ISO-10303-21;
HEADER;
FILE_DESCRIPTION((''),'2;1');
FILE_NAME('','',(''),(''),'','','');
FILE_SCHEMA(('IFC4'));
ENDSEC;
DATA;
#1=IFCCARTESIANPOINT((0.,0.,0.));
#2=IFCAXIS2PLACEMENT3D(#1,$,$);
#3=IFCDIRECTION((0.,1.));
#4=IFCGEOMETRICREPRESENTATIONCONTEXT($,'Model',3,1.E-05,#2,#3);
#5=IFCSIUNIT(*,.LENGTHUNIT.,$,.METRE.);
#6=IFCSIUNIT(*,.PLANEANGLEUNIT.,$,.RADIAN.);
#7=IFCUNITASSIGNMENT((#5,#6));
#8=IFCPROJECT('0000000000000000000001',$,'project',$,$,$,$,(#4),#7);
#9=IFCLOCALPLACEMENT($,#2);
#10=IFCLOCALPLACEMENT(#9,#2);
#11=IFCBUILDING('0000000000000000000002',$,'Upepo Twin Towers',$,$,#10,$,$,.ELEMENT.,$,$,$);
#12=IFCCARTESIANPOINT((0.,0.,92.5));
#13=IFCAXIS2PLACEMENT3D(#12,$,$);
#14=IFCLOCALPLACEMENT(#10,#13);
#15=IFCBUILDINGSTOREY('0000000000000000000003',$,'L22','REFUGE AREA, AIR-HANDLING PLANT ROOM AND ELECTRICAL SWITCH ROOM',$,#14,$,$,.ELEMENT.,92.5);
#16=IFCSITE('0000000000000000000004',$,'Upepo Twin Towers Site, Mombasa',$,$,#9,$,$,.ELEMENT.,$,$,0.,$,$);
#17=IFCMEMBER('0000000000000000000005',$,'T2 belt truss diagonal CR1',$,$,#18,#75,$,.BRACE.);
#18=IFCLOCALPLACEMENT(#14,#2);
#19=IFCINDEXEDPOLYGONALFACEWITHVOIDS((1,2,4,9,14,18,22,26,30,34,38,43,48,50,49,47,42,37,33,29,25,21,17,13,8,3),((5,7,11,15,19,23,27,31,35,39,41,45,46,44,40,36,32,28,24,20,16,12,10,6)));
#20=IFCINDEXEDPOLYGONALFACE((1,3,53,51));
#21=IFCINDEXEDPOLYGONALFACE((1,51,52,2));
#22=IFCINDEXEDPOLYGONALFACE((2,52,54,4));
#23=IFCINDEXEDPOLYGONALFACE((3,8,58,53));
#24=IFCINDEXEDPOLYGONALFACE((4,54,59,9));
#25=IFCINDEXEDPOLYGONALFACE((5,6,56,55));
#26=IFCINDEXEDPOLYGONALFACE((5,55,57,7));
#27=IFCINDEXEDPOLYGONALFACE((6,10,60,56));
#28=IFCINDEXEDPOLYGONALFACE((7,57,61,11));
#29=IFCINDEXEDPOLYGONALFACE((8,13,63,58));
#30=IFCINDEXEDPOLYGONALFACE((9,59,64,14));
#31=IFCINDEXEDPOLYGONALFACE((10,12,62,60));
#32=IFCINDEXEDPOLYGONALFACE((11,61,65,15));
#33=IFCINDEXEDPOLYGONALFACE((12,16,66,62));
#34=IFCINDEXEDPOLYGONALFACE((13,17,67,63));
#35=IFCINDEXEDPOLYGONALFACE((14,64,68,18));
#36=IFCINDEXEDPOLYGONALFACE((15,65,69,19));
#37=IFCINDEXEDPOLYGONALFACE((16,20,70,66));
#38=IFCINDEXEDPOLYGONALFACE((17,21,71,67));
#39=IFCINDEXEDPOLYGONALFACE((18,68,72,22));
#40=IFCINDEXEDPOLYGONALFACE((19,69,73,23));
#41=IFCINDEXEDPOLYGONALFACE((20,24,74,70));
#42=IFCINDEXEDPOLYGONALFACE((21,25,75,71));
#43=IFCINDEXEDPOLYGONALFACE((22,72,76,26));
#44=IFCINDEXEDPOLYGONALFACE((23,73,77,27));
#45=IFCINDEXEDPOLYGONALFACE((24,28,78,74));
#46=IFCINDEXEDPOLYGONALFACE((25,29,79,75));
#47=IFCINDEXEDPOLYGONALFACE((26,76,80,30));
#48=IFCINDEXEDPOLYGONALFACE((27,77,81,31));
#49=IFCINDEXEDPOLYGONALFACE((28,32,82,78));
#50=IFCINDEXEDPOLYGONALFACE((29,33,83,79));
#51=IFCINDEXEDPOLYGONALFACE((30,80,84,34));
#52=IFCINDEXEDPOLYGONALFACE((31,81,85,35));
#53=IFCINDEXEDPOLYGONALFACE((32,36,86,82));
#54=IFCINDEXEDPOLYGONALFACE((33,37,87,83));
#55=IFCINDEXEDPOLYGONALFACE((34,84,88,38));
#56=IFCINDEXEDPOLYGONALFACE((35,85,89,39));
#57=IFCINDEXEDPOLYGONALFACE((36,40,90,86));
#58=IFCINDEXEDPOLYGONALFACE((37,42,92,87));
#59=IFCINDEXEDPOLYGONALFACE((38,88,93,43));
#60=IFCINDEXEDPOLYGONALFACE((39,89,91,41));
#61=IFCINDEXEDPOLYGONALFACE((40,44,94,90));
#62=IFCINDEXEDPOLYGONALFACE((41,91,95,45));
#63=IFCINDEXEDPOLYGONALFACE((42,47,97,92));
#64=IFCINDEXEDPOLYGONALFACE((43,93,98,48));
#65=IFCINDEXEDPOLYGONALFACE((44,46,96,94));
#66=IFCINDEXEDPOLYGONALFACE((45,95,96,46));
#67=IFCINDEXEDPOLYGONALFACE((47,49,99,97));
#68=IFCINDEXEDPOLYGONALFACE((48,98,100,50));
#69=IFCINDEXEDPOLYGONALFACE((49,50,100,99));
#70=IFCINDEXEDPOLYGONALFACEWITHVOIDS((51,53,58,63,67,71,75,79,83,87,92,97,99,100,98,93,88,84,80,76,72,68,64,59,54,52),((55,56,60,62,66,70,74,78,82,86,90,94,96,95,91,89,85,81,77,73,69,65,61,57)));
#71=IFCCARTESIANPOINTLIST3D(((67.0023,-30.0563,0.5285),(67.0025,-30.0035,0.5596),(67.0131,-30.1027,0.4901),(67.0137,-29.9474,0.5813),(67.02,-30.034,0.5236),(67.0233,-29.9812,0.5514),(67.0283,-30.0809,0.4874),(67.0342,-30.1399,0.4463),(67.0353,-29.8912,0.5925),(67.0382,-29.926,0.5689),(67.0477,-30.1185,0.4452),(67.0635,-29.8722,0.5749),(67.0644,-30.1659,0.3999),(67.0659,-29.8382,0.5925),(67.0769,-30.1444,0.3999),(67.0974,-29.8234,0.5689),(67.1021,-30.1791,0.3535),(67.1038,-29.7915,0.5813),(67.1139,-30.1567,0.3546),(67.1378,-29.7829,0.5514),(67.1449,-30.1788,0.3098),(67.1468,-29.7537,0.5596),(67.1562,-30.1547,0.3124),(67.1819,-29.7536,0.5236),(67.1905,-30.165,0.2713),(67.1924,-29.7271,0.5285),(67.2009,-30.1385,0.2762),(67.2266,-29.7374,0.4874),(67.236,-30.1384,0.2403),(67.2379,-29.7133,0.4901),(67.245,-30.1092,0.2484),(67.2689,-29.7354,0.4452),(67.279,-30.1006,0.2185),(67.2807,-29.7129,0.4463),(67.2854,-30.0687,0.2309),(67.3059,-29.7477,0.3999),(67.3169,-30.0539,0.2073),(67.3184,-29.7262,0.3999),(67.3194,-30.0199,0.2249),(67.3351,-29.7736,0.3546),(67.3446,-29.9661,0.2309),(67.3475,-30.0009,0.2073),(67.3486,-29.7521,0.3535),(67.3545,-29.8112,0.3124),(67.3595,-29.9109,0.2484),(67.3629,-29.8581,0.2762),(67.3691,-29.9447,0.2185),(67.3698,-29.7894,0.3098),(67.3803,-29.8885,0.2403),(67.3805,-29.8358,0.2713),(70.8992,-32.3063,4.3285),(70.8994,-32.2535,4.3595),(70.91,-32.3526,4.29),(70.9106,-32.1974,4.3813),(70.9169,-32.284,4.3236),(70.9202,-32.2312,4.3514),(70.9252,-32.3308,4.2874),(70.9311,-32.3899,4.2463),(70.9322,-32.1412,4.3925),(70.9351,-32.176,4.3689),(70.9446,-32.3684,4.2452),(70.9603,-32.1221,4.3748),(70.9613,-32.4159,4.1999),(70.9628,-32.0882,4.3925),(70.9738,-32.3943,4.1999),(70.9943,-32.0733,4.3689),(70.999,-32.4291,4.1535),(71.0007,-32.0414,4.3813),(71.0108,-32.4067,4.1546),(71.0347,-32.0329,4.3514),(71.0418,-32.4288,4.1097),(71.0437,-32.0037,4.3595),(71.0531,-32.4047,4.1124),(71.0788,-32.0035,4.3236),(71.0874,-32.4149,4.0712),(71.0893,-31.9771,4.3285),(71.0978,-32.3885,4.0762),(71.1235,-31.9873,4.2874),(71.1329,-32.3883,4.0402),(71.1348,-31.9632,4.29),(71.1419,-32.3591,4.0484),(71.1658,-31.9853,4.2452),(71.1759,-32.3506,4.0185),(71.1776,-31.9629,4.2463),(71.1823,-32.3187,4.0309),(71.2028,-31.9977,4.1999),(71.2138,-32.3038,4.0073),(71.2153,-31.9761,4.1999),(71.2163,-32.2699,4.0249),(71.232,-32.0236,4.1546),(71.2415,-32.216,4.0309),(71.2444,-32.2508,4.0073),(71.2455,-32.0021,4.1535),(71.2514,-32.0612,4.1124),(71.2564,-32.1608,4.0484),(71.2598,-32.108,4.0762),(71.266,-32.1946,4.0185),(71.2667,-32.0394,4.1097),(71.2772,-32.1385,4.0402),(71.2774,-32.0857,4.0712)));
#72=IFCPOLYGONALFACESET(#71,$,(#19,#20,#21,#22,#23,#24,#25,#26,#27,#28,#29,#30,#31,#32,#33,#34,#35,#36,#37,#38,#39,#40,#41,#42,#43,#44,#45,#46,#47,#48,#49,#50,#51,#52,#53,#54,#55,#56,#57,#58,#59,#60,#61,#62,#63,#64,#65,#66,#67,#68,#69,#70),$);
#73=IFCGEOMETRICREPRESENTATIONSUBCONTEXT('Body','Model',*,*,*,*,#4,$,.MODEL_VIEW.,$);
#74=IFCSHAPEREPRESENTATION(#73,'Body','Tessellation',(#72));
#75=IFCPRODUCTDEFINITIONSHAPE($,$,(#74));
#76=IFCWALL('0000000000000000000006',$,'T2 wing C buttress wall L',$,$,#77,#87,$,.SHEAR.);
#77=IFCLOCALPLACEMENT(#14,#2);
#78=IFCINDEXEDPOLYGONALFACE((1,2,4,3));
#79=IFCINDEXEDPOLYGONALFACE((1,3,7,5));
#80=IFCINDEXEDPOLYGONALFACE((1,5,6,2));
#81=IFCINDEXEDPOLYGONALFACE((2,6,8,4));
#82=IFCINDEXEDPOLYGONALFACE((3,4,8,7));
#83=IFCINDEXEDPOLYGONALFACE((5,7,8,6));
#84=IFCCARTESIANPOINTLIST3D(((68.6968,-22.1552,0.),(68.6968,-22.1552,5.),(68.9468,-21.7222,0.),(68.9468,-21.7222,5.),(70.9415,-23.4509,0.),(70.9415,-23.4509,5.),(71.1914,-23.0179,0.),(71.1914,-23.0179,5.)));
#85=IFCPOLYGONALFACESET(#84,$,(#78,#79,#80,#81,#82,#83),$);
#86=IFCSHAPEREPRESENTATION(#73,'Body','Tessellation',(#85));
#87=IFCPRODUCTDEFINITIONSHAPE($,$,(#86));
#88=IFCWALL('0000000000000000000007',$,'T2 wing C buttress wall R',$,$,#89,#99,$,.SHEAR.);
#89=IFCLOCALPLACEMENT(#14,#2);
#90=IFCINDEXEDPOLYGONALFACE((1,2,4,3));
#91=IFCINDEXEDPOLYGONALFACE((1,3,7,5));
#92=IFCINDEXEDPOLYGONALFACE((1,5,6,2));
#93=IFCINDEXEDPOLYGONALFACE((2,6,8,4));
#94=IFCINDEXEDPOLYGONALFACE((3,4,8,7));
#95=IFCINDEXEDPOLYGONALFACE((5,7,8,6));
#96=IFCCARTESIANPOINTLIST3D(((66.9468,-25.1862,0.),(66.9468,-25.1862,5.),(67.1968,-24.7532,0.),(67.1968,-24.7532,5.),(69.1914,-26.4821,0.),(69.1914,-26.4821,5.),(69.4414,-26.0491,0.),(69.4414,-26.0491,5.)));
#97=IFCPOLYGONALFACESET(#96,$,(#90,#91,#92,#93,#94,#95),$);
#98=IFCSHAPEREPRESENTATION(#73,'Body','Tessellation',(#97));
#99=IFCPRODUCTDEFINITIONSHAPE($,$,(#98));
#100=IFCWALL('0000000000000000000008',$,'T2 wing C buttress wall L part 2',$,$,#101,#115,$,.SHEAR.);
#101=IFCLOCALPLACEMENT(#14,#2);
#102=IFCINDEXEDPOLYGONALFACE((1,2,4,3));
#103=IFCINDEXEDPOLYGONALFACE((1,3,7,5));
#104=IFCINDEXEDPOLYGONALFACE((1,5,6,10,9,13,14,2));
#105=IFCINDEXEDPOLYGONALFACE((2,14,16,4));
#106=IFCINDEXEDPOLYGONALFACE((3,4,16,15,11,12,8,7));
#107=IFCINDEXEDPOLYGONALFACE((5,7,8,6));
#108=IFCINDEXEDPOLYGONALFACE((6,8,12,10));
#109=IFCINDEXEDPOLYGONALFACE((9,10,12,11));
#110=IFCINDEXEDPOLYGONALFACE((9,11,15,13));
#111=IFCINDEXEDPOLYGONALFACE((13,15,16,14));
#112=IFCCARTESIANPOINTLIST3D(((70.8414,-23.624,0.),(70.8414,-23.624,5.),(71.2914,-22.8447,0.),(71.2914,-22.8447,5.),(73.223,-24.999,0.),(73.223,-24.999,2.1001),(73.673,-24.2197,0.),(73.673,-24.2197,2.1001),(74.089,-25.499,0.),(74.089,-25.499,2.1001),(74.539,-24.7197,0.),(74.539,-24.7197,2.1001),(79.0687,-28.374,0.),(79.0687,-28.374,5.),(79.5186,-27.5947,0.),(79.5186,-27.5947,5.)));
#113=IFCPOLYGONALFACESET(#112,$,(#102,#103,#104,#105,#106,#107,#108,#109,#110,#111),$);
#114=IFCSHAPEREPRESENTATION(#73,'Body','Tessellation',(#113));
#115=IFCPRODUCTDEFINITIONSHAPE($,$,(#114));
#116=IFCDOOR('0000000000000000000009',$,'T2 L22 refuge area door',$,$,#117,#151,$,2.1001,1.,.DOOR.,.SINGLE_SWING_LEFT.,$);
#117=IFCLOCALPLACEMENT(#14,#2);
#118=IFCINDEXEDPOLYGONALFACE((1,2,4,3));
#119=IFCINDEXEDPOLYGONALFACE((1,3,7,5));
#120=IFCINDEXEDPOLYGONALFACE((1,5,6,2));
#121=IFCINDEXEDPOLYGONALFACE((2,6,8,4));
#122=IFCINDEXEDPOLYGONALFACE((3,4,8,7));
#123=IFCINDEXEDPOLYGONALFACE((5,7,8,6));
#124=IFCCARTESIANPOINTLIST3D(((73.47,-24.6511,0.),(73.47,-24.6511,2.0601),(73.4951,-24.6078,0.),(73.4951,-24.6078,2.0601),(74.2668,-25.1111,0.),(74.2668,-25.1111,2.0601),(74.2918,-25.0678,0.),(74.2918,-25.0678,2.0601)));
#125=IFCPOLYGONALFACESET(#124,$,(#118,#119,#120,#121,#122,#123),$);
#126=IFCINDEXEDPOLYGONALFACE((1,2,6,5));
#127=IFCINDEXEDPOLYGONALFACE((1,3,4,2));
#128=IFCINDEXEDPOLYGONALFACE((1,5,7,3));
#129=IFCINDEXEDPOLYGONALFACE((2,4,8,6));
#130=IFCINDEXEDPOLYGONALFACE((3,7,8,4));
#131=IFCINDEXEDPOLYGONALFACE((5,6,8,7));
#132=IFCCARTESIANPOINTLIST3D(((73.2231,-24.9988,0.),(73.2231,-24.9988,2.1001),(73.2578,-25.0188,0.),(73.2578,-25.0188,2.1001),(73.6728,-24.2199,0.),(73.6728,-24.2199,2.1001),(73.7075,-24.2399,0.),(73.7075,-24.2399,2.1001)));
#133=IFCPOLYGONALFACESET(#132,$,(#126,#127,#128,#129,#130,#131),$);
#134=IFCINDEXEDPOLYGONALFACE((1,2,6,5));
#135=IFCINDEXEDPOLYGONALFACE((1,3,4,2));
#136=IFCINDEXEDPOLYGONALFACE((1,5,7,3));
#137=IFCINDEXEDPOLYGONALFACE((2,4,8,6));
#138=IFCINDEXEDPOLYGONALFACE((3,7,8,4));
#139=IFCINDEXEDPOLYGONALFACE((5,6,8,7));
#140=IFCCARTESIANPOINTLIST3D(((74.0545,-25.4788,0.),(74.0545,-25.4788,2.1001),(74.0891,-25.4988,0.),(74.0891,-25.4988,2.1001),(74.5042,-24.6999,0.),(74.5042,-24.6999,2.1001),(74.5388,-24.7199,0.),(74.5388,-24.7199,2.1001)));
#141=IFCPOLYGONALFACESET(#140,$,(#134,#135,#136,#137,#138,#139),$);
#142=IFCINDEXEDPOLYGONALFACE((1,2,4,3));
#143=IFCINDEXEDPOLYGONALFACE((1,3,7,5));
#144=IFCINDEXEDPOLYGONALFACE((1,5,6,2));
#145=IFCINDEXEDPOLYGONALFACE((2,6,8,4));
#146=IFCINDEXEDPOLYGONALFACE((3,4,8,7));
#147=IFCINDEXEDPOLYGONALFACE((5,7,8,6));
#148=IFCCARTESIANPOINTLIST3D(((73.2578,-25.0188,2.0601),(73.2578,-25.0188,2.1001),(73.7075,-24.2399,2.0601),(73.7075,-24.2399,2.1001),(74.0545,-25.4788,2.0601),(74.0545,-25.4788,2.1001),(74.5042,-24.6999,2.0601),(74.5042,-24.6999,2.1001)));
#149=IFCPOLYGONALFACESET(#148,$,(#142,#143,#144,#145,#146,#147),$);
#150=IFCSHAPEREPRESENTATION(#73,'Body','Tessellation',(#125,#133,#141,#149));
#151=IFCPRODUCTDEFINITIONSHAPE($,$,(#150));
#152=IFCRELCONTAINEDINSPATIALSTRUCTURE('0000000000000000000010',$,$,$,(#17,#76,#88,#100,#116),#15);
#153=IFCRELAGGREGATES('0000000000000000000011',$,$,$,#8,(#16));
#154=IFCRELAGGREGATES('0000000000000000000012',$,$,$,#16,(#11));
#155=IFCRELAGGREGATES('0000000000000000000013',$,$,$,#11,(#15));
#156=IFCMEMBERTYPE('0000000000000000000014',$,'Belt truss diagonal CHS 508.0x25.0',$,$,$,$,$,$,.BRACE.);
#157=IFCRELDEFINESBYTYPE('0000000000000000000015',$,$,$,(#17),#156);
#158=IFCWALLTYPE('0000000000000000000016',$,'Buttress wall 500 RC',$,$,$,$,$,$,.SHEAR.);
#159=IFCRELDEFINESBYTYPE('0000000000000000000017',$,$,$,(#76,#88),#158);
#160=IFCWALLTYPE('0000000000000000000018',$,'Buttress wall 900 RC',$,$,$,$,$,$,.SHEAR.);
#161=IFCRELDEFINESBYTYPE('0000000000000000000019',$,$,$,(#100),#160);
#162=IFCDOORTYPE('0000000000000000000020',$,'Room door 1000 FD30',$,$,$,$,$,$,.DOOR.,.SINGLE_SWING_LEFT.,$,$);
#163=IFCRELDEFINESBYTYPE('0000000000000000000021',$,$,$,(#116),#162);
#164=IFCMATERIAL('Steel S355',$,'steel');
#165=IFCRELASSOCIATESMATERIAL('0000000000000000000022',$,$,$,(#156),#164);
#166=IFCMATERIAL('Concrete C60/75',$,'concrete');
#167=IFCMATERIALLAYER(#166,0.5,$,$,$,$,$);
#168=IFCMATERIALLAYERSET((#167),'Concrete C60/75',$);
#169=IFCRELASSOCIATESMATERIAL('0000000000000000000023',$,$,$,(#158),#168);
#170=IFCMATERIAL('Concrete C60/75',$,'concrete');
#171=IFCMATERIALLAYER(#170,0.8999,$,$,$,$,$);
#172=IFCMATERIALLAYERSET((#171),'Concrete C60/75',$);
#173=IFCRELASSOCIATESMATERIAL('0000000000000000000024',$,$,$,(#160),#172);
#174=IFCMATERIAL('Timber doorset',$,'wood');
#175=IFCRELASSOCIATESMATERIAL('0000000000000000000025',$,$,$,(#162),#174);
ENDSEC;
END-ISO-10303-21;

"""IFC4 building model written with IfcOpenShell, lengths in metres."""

from ifc_helpers import new_model, si_unit, direction, frame, frame_2d, origin, origin_2d, place, context, subcontext, project, spatial, rectangle, hollow_circle, extrude, material, layer, layer_set, material_profile, profile_set, type_object, element, fill, save


model = new_model("IFC4")

# Units and contexts
model_context = context("Model", 3, precision=1e-05, world=origin(), true_north=direction((0.0, 1.0)))
body_context = subcontext(model_context, "Body", "Model", "MODEL_VIEW")
ifc_project = project(units=[si_unit("LENGTHUNIT", "METRE"), si_unit("PLANEANGLEUNIT", "RADIAN")], contexts=[model_context])

# Site, building, storey
site_placement = place(None, origin())
site = spatial("IfcSite", under=ifc_project, at=site_placement, Name="Upepo Twin Towers Site, Mombasa", CompositionType="ELEMENT", RefElevation=0.0)
building_placement = place(site_placement, origin())
building = spatial("IfcBuilding", under=site, at=building_placement, Name="Upepo Twin Towers", CompositionType="ELEMENT")
storey_placement = place(building_placement, frame((0.0, 0.0, 92.5)))
storey = spatial("IfcBuildingStorey", under=building, at=storey_placement, Name="L22", Description="REFUGE AREA, AIR-HANDLING PLANT ROOM AND ELECTRICAL SWITCH ROOM", CompositionType="ELEMENT", Elevation=92.5)

# Member
ifc_material_1 = material(Name="Steel S355", Category="steel")
ifc_material_profile_1 = material_profile(ifc_material_1, hollow_circle(Radius=0.2539, WallThickness=0.0249, at=origin_2d()), Name="CHS 508.0x25.0")
ifc_profile_set_1 = profile_set([ifc_material_profile_1], Name="Steel S355")
member_type = type_object("IfcMemberType", Name="Belt truss diagonal CHS 508.0x25.0", PredefinedType="BRACE", material=ifc_profile_set_1)
member_placement = place(storey_placement, frame((67.1914, -29.946, 0.3999), z_axis=(0.661652, -0.382019, 0.645196), x_axis=(0.500014, 0.866018, 0.0)))
element("IfcMember", 1, at=member_placement, inside=storey, type_object=member_type, Name="T2 belt truss diagonal CR1", PredefinedType="BRACE", context=body_context, shape_type="SweptSolid", body=[
    extrude(hollow_circle(Radius=0.2539, WallThickness=0.0249, at=origin_2d()), origin(), (0.0, 0.0, 1.0), 5.8896),
])

# Walls
ifc_material_2 = material(Name="Concrete C60/75", Category="concrete")
ifc_layer_1 = layer(ifc_material_2, 0.5)
ifc_layer_set_1 = layer_set([ifc_layer_1], Name="Concrete C60/75")
wall_type_1 = type_object("IfcWallType", Name="Buttress wall 500 RC", PredefinedType="SHEAR", material=ifc_layer_set_1)
for number, where, z_axis, x_axis, name in (
    (2, (68.8218, -21.9387, 0.0), (0.0, 0.0, 1.0), (0.866073, -0.499918, 0.0), "T2 wing C buttress wall L"),
    (3, (67.0718, -24.9697, 0.0), (0.0, 0.0, 1.0), (0.866032, -0.499989, 0.0), "T2 wing C buttress wall R"),
):
    element("IfcWall", number, at=place(storey_placement, frame(where, z_axis=z_axis, x_axis=x_axis)), inside=storey, type_object=wall_type_1, Name=name, PredefinedType="SHEAR", context=body_context, shape_type="SweptSolid", body=[
        extrude(rectangle(XDim=2.5918, YDim=0.5, at=frame_2d((1.2959, 0.0))), origin(), (0.0, 0.0, 1.0), 5.0),
    ])

# Wall, opening, door
ifc_material_3 = material(Name="Concrete C60/75", Category="concrete")
ifc_layer_2 = layer(ifc_material_3, 0.8999)
ifc_layer_set_2 = layer_set([ifc_layer_2], Name="Concrete C60/75")
wall_type_2 = type_object("IfcWallType", Name="Buttress wall 900 RC", PredefinedType="SHEAR", material=ifc_layer_set_2)
wall_1_placement = place(storey_placement, frame((71.0664, -23.2344, 0.0), z_axis=(0.0, 0.0, 1.0), x_axis=(0.866027, -0.499998, 0.0)))
wall_1 = element("IfcWall", 4, at=wall_1_placement, inside=storey, type_object=wall_type_2, Name="T2 wing C buttress wall L part 2", PredefinedType="SHEAR", context=body_context, shape_type="SweptSolid", body=[
    extrude(rectangle(XDim=9.5, YDim=0.8999, at=frame_2d((4.75, 0.0))), origin(), (0.0, 0.0, 1.0), 5.0),
])
opening_1_placement = place(wall_1_placement, frame((2.75, 0.0, 0.0)))
opening_1 = element("IfcOpeningElement", 5, at=opening_1_placement, cuts=wall_1, PredefinedType="OPENING", context=body_context, shape_type="SweptSolid", body=[
    extrude(rectangle(XDim=1.0, YDim=2.1001, at=frame_2d((0.5, 1.05))), frame((0.0, 0.46, 0.0), z_axis=(0.0, -1.0, 0.0), x_axis=(1.0, 0.0, 0.0)), (0.0, 0.0, 1.0), 0.9199),
])
ifc_material_4 = material(Name="Timber doorset", Category="wood")
door_type_1 = type_object("IfcDoorType", Name="Room door 1000 FD30", OperationType="SINGLE_SWING_LEFT", PredefinedType="DOOR", material=ifc_material_4)
door_1_placement = place(opening_1_placement, origin())
door_1 = element("IfcDoor", 6, at=door_1_placement, inside=storey, type_object=door_type_1, Name="T2 L22 refuge area door", OperationType="SINGLE_SWING_LEFT", OverallHeight=2.1001, OverallWidth=1.0, PredefinedType="DOOR", context=body_context, shape_type="SweptSolid", body=[
    extrude(rectangle(XDim=0.92, YDim=2.0601, at=frame_2d((0.5, 1.03))), frame((0.0, 0.0249, 0.0), z_axis=(0.0, -1.0, 0.0), x_axis=(1.0, 0.0, 0.0)), (0.0, 0.0, 1.0), 0.05),
    extrude(rectangle(XDim=0.04, YDim=2.1001, at=frame_2d((0.02, 1.05))), frame((0.0, 0.4497, 0.0), z_axis=(0.0, -1.0, 0.0), x_axis=(1.0, 0.0, 0.0)), (0.0, 0.0, 1.0), 0.8994),
    extrude(rectangle(XDim=0.04, YDim=2.1001, at=frame_2d((0.98, 1.05))), frame((0.0, 0.4497, 0.0), z_axis=(0.0, -1.0, 0.0), x_axis=(1.0, 0.0, 0.0)), (0.0, 0.0, 1.0), 0.8994),
    extrude(rectangle(XDim=0.92, YDim=0.04, at=frame_2d((0.5, 2.0801))), frame((0.0, 0.4497, 0.0), z_axis=(0.0, -1.0, 0.0), x_axis=(1.0, 0.0, 0.0)), (0.0, 0.0, 1.0), 0.8994),
])
fill(opening_1, door_1)

save(model, "model.ifc")
